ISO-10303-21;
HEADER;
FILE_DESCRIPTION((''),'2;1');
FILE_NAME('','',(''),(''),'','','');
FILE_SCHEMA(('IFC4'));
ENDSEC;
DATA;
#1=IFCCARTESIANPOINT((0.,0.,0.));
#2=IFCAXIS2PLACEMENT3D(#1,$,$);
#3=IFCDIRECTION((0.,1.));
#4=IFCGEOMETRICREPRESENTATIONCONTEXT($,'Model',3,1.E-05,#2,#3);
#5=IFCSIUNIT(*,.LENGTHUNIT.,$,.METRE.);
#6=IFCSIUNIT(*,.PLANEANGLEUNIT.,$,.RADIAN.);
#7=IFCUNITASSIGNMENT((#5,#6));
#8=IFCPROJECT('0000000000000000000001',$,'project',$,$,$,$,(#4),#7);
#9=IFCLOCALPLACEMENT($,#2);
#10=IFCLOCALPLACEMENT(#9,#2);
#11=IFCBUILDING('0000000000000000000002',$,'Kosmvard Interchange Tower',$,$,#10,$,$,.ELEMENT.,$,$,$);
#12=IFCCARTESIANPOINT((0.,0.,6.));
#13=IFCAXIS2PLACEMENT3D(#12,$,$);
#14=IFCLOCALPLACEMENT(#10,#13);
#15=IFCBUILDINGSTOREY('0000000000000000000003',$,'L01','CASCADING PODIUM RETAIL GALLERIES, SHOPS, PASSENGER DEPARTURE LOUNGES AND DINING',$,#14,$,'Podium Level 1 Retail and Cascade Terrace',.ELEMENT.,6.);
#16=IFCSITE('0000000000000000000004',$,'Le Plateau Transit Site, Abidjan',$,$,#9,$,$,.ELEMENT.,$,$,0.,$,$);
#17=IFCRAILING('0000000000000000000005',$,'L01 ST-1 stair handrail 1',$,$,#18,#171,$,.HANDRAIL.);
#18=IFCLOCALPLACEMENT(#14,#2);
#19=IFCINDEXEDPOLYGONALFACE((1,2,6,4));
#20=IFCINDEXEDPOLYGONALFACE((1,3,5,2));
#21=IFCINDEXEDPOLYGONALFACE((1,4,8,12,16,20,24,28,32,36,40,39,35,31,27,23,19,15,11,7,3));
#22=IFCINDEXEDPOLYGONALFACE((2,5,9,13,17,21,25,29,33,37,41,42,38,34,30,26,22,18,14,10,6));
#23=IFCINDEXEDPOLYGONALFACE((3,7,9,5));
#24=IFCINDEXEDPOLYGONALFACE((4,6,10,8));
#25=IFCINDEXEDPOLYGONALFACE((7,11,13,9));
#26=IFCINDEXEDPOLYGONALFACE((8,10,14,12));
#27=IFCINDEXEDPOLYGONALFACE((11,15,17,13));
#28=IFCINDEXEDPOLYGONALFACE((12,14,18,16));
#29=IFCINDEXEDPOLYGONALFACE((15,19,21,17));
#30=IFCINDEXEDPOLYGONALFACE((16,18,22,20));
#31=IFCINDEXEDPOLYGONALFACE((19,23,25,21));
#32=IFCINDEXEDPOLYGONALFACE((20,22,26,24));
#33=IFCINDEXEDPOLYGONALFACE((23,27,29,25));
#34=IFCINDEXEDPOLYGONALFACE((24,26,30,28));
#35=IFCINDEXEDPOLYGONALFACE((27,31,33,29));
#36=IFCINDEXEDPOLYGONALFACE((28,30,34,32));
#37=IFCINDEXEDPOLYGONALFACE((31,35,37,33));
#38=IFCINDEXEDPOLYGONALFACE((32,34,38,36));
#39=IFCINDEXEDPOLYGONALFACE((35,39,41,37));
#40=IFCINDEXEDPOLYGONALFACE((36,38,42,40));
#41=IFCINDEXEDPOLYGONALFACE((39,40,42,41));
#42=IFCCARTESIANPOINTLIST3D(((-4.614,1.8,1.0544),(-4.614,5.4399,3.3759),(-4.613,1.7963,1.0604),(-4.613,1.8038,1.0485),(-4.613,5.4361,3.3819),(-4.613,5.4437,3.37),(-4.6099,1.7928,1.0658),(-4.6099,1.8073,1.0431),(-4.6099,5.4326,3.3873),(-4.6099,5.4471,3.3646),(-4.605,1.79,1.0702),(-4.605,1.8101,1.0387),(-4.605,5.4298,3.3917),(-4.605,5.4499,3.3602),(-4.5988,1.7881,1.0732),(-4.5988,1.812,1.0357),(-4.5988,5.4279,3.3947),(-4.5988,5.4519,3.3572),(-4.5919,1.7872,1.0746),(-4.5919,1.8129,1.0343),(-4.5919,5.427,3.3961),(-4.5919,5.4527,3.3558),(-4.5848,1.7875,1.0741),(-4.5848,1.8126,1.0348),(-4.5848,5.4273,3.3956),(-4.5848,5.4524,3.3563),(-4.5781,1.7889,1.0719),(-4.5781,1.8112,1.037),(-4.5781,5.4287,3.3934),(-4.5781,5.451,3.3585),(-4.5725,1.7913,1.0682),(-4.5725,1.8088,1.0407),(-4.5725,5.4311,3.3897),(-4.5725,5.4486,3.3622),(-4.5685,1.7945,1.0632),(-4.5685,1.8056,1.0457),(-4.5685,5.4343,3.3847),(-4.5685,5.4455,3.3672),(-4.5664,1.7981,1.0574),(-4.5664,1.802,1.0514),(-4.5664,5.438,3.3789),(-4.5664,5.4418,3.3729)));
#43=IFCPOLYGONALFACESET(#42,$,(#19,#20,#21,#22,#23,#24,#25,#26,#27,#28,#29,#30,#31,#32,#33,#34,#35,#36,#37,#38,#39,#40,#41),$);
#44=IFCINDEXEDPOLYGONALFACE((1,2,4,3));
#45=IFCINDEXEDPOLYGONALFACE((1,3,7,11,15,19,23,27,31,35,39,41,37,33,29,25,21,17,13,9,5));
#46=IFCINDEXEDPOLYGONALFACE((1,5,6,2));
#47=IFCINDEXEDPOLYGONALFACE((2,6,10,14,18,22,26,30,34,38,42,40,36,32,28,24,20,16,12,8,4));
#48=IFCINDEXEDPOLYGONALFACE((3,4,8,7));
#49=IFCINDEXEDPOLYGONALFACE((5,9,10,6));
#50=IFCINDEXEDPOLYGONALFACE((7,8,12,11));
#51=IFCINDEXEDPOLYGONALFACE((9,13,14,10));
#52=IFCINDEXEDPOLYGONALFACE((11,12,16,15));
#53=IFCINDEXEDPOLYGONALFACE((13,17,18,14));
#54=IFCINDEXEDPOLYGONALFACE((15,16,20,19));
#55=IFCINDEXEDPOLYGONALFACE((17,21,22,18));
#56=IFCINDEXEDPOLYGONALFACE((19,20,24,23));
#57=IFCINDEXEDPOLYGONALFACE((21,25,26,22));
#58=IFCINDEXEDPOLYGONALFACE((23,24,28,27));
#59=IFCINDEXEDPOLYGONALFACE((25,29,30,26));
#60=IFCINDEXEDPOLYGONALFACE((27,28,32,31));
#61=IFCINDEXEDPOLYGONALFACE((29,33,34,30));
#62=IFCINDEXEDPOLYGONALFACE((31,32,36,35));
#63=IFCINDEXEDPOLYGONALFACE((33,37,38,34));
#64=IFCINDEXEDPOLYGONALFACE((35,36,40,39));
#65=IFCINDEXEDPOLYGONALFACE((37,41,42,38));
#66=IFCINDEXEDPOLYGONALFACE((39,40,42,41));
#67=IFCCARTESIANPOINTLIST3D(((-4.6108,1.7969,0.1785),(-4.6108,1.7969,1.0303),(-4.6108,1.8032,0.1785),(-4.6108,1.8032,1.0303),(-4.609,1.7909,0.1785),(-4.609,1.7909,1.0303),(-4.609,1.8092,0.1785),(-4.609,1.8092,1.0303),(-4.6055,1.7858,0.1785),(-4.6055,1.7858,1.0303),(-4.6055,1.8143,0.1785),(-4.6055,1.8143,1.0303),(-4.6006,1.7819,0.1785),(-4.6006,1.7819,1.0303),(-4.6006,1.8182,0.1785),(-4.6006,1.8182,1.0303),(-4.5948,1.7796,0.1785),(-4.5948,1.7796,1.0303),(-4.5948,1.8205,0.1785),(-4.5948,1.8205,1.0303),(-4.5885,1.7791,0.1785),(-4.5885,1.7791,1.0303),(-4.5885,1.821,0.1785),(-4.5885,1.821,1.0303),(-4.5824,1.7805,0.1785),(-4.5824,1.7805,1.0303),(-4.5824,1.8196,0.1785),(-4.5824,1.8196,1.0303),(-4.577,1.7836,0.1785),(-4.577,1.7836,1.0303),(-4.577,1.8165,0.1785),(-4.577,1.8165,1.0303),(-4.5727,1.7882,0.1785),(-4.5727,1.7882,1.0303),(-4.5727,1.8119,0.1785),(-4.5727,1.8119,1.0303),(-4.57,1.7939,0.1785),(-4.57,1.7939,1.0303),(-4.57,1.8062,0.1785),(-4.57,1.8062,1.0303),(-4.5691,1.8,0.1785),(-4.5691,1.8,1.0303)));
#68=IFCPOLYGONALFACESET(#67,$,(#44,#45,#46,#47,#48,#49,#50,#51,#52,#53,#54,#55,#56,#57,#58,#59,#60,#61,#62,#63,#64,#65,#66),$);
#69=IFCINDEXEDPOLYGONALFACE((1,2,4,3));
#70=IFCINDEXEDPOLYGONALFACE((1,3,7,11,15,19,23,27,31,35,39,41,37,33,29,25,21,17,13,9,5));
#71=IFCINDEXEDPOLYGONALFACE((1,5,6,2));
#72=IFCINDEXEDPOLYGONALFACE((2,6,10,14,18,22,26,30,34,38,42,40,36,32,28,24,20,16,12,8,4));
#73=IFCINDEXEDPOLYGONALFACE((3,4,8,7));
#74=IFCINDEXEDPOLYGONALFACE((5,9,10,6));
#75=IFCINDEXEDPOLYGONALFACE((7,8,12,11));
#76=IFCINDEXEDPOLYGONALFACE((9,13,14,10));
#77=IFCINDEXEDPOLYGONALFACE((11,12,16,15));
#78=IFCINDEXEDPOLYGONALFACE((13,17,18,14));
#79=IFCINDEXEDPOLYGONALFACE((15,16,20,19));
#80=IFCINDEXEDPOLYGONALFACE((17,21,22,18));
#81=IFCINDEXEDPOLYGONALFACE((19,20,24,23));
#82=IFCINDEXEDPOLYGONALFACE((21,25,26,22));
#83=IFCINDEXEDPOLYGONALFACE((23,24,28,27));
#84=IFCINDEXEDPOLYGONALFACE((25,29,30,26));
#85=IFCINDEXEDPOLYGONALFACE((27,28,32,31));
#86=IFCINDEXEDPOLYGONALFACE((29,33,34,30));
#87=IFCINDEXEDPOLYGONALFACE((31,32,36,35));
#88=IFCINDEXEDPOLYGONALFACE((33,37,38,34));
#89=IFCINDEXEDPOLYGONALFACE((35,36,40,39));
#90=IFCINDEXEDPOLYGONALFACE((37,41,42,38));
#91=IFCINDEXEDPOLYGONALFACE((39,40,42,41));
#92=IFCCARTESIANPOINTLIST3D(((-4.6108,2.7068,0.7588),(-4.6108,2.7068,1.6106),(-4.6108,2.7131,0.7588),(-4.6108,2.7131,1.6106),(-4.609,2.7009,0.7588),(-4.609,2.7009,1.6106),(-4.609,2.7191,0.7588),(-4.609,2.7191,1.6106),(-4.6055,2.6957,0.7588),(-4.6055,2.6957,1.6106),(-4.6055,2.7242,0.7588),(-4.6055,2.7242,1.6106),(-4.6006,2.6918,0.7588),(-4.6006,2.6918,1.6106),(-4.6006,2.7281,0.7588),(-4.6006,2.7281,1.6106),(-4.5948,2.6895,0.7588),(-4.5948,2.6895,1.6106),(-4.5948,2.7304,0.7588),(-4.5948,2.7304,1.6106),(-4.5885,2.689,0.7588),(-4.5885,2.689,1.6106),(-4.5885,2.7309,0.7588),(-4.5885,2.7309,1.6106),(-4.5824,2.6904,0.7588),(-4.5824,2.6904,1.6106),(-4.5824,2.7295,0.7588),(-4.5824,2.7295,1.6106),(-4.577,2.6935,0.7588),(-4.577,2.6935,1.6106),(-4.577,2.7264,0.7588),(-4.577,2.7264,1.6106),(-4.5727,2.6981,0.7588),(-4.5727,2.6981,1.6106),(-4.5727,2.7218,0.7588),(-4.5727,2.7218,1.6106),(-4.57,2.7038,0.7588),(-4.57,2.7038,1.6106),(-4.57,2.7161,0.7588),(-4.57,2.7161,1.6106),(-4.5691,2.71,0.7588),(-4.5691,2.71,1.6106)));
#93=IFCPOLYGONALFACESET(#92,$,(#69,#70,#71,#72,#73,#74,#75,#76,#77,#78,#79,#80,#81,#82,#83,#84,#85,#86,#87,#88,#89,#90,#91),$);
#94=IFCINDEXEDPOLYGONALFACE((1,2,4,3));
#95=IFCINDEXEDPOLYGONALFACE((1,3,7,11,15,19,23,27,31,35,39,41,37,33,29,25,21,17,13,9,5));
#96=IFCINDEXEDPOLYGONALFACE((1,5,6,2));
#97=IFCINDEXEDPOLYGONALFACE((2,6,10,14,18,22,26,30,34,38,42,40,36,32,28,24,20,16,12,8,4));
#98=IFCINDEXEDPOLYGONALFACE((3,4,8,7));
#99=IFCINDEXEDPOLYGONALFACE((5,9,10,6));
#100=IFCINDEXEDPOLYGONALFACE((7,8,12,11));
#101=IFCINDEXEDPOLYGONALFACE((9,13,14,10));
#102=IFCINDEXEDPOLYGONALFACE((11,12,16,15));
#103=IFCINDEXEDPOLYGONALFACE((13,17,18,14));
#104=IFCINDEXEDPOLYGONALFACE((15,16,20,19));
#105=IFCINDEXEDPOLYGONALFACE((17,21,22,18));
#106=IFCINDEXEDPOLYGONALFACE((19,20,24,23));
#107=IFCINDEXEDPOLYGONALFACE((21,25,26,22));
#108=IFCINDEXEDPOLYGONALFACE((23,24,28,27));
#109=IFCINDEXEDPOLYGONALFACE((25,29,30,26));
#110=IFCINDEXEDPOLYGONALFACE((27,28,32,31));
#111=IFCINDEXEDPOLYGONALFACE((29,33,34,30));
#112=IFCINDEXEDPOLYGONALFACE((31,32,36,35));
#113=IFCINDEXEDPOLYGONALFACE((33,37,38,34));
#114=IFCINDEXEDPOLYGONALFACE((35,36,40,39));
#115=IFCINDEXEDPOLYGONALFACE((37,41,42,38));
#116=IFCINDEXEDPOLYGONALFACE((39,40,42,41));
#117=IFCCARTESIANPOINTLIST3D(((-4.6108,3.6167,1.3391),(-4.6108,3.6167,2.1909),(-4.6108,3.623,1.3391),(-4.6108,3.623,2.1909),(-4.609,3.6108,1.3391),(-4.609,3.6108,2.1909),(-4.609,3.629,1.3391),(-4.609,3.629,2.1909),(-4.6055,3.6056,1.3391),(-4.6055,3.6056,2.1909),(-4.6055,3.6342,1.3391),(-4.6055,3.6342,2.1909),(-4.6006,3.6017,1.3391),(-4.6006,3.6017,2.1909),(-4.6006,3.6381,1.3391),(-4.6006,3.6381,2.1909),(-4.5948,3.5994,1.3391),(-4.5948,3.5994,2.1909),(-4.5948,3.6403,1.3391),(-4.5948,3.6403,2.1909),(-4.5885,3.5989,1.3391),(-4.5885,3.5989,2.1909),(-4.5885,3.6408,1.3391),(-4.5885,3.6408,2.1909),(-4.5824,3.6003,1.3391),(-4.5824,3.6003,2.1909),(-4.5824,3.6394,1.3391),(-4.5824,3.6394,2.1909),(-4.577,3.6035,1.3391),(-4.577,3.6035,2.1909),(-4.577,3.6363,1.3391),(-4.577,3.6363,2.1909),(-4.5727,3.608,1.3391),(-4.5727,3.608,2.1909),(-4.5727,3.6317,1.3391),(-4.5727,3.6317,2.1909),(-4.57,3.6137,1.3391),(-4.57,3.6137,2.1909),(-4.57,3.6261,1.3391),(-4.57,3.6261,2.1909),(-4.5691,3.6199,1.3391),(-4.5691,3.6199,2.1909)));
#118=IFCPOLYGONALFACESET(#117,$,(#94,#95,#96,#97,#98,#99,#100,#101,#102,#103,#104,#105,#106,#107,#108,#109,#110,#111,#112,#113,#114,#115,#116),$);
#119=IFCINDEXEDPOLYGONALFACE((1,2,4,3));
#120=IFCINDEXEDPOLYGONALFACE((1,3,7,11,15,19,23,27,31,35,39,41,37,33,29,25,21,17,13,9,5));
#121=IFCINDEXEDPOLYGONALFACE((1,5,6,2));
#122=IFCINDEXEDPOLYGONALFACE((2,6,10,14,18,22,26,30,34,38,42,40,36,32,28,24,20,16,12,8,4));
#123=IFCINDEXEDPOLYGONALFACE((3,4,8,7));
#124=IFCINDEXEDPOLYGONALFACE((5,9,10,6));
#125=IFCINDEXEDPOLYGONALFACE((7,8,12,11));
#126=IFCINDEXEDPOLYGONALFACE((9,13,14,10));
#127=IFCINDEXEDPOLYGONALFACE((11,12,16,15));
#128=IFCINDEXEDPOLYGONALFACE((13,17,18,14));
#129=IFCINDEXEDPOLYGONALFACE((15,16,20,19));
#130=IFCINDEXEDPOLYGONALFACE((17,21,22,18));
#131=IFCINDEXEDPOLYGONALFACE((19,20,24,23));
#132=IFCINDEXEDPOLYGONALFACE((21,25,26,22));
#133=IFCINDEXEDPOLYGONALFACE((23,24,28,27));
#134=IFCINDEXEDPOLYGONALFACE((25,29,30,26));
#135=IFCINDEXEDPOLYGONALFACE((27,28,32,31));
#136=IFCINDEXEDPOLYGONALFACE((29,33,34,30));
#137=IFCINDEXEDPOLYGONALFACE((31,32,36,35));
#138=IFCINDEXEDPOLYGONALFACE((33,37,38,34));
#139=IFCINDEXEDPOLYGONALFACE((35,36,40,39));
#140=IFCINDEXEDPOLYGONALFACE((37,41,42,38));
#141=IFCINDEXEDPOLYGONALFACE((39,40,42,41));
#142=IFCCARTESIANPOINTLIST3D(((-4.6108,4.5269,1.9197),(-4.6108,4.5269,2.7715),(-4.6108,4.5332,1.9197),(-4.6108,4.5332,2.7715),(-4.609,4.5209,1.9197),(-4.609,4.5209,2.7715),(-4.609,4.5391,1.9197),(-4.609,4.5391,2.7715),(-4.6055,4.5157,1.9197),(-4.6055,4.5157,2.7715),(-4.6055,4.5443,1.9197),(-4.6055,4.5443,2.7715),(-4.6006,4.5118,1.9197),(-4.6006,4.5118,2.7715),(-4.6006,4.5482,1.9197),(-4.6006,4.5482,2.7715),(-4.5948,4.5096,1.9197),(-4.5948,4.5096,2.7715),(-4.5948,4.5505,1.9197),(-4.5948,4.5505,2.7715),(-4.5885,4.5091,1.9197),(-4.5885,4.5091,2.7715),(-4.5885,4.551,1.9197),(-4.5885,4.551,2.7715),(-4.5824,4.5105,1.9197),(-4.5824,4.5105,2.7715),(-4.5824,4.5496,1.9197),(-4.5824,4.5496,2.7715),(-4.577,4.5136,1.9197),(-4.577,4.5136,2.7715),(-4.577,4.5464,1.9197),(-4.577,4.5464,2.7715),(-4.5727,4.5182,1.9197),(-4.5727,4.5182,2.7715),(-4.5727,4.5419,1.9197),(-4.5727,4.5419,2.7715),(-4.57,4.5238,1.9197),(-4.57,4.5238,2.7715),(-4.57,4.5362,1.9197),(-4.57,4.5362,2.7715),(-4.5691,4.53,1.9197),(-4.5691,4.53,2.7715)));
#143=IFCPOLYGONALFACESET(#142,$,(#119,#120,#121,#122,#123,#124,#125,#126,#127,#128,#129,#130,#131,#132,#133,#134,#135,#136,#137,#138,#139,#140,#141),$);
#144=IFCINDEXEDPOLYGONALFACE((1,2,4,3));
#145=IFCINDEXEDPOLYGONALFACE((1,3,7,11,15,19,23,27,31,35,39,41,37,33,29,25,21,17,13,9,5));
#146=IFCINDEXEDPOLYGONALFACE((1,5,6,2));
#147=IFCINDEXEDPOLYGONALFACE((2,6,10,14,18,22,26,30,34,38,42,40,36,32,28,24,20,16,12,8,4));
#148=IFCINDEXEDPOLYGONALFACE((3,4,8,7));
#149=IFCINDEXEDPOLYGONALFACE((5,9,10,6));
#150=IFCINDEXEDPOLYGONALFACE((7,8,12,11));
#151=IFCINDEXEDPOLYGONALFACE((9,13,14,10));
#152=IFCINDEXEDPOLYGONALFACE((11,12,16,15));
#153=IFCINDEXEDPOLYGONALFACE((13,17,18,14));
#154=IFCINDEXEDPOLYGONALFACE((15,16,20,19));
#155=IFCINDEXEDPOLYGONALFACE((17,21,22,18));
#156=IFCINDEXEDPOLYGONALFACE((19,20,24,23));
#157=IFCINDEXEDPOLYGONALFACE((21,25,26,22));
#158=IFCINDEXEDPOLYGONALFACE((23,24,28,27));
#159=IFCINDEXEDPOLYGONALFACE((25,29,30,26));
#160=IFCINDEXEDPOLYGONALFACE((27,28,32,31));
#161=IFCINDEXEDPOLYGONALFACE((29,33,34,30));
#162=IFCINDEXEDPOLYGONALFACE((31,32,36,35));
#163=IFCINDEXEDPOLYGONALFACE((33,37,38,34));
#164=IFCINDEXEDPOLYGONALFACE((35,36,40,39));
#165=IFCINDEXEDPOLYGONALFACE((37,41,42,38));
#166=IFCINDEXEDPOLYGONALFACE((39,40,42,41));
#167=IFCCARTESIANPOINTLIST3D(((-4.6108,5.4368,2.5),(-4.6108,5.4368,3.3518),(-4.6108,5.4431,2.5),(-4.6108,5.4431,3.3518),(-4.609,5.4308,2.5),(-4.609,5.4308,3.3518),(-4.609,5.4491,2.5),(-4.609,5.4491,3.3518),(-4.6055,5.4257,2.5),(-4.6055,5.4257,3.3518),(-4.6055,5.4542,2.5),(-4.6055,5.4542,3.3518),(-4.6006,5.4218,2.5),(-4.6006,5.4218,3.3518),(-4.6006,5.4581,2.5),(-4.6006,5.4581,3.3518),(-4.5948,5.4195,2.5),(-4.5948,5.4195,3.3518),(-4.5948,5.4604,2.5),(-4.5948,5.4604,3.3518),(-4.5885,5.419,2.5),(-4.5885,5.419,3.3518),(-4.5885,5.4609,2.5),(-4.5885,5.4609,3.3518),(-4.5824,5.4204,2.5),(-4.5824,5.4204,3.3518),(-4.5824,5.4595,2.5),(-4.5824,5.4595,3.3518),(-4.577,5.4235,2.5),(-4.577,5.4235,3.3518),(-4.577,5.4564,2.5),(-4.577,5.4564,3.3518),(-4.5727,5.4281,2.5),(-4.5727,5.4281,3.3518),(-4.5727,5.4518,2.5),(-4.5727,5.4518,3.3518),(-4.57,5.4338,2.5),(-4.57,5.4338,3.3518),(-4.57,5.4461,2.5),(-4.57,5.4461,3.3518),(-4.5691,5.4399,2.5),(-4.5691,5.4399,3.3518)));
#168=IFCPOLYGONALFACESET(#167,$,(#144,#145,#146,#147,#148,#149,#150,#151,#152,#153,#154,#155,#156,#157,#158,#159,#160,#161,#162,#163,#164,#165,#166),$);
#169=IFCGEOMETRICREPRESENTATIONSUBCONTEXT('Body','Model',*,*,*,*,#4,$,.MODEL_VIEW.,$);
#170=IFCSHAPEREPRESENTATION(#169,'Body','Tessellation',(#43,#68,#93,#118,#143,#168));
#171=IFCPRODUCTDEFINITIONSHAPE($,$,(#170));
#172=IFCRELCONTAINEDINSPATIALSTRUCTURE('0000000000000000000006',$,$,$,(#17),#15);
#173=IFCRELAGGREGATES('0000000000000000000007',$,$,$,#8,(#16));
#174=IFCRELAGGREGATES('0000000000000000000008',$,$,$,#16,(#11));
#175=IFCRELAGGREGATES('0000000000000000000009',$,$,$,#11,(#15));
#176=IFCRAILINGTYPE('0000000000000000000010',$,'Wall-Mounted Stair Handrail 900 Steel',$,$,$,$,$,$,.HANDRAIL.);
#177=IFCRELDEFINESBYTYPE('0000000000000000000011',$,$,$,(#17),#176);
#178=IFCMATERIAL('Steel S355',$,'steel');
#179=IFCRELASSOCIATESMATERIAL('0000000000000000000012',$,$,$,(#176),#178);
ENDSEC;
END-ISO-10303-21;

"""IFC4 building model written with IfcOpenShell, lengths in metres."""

from ifc_helpers import new_model, si_unit, direction, frame, origin, origin_2d, place, context, subcontext, project, spatial, circle, extrude, source, transform, mapped, material, type_object, element, save


model = new_model("IFC4")

# Units and contexts
model_context = context("Model", 3, precision=1e-05, world=origin(), true_north=direction((0.0, 1.0)))
body_context = subcontext(model_context, "Body", "Model", "MODEL_VIEW")
ifc_project = project(units=[si_unit("LENGTHUNIT", "METRE"), si_unit("PLANEANGLEUNIT", "RADIAN")], contexts=[model_context])

# Site, building, storey
site_placement = place(None, origin())
site = spatial("IfcSite", under=ifc_project, at=site_placement, Name="Le Plateau Transit Site, Abidjan", CompositionType="ELEMENT", RefElevation=0.0)
building_placement = place(site_placement, origin())
building = spatial("IfcBuilding", under=site, at=building_placement, Name="Kosmvard Interchange Tower", CompositionType="ELEMENT")
storey_placement = place(building_placement, frame((0.0, 0.0, 6.0)))
storey = spatial("IfcBuildingStorey", under=building, at=storey_placement, Name="L01", Description="CASCADING PODIUM RETAIL GALLERIES, SHOPS, PASSENGER DEPARTURE LOUNGES AND DINING", LongName="Podium Level 1 Retail and Cascade Terrace", CompositionType="ELEMENT", Elevation=6.0)

# Shared definitions
ifc_material_1 = material(Name="Steel S355", Category="steel")

# Railing
railing_type_1 = type_object("IfcRailingType", Name="Wall-Mounted Stair Handrail 900 Steel", PredefinedType="HANDRAIL", material=ifc_material_1)
shared_shape_1 = source(origin(), body_context, "Body", "SweptSolid", [
    extrude(circle(Radius=0.0239, at=origin_2d()), frame((0.0, 0.0, 0.876), z_axis=(0.0, 0.843112, 0.537739), x_axis=(-1.0, 0.0, 0.0)), (0.0, 0.0, 1.0), 4.3171),
    extrude(circle(Radius=0.021, at=origin_2d()), origin(), (0.0, 0.0, 1.0), 0.8518),
    extrude(circle(Radius=0.021, at=origin_2d()), frame((0.0, 0.9099, 0.5803)), (0.0, 0.0, 1.0), 0.8518),
    extrude(circle(Radius=0.021, at=origin_2d()), frame((0.0, 1.8198, 1.1606)), (0.0, 0.0, 1.0), 0.8518),
    extrude(circle(Radius=0.021, at=origin_2d()), frame((0.0, 2.73, 1.7412)), (0.0, 0.0, 1.0), 0.8518),
    extrude(circle(Radius=0.021, at=origin_2d()), frame((0.0, 3.6399, 2.3215)), (0.0, 0.0, 1.0), 0.8518),
])
for number, where, name in (
    (1, (-4.5901, 1.8, 0.1785), "L01 ST-1 stair handrail 1"),
):
    element("IfcRailing", number, at=place(storey_placement, frame(where)), inside=storey, type_object=railing_type_1, Name=name, PredefinedType="HANDRAIL", context=body_context, shape_type="MappedRepresentation", body=[
        mapped(shared_shape_1, transform((0.0, 0.0, 0.0), scale=1.0)),
    ])

save(model, "model.ifc")
